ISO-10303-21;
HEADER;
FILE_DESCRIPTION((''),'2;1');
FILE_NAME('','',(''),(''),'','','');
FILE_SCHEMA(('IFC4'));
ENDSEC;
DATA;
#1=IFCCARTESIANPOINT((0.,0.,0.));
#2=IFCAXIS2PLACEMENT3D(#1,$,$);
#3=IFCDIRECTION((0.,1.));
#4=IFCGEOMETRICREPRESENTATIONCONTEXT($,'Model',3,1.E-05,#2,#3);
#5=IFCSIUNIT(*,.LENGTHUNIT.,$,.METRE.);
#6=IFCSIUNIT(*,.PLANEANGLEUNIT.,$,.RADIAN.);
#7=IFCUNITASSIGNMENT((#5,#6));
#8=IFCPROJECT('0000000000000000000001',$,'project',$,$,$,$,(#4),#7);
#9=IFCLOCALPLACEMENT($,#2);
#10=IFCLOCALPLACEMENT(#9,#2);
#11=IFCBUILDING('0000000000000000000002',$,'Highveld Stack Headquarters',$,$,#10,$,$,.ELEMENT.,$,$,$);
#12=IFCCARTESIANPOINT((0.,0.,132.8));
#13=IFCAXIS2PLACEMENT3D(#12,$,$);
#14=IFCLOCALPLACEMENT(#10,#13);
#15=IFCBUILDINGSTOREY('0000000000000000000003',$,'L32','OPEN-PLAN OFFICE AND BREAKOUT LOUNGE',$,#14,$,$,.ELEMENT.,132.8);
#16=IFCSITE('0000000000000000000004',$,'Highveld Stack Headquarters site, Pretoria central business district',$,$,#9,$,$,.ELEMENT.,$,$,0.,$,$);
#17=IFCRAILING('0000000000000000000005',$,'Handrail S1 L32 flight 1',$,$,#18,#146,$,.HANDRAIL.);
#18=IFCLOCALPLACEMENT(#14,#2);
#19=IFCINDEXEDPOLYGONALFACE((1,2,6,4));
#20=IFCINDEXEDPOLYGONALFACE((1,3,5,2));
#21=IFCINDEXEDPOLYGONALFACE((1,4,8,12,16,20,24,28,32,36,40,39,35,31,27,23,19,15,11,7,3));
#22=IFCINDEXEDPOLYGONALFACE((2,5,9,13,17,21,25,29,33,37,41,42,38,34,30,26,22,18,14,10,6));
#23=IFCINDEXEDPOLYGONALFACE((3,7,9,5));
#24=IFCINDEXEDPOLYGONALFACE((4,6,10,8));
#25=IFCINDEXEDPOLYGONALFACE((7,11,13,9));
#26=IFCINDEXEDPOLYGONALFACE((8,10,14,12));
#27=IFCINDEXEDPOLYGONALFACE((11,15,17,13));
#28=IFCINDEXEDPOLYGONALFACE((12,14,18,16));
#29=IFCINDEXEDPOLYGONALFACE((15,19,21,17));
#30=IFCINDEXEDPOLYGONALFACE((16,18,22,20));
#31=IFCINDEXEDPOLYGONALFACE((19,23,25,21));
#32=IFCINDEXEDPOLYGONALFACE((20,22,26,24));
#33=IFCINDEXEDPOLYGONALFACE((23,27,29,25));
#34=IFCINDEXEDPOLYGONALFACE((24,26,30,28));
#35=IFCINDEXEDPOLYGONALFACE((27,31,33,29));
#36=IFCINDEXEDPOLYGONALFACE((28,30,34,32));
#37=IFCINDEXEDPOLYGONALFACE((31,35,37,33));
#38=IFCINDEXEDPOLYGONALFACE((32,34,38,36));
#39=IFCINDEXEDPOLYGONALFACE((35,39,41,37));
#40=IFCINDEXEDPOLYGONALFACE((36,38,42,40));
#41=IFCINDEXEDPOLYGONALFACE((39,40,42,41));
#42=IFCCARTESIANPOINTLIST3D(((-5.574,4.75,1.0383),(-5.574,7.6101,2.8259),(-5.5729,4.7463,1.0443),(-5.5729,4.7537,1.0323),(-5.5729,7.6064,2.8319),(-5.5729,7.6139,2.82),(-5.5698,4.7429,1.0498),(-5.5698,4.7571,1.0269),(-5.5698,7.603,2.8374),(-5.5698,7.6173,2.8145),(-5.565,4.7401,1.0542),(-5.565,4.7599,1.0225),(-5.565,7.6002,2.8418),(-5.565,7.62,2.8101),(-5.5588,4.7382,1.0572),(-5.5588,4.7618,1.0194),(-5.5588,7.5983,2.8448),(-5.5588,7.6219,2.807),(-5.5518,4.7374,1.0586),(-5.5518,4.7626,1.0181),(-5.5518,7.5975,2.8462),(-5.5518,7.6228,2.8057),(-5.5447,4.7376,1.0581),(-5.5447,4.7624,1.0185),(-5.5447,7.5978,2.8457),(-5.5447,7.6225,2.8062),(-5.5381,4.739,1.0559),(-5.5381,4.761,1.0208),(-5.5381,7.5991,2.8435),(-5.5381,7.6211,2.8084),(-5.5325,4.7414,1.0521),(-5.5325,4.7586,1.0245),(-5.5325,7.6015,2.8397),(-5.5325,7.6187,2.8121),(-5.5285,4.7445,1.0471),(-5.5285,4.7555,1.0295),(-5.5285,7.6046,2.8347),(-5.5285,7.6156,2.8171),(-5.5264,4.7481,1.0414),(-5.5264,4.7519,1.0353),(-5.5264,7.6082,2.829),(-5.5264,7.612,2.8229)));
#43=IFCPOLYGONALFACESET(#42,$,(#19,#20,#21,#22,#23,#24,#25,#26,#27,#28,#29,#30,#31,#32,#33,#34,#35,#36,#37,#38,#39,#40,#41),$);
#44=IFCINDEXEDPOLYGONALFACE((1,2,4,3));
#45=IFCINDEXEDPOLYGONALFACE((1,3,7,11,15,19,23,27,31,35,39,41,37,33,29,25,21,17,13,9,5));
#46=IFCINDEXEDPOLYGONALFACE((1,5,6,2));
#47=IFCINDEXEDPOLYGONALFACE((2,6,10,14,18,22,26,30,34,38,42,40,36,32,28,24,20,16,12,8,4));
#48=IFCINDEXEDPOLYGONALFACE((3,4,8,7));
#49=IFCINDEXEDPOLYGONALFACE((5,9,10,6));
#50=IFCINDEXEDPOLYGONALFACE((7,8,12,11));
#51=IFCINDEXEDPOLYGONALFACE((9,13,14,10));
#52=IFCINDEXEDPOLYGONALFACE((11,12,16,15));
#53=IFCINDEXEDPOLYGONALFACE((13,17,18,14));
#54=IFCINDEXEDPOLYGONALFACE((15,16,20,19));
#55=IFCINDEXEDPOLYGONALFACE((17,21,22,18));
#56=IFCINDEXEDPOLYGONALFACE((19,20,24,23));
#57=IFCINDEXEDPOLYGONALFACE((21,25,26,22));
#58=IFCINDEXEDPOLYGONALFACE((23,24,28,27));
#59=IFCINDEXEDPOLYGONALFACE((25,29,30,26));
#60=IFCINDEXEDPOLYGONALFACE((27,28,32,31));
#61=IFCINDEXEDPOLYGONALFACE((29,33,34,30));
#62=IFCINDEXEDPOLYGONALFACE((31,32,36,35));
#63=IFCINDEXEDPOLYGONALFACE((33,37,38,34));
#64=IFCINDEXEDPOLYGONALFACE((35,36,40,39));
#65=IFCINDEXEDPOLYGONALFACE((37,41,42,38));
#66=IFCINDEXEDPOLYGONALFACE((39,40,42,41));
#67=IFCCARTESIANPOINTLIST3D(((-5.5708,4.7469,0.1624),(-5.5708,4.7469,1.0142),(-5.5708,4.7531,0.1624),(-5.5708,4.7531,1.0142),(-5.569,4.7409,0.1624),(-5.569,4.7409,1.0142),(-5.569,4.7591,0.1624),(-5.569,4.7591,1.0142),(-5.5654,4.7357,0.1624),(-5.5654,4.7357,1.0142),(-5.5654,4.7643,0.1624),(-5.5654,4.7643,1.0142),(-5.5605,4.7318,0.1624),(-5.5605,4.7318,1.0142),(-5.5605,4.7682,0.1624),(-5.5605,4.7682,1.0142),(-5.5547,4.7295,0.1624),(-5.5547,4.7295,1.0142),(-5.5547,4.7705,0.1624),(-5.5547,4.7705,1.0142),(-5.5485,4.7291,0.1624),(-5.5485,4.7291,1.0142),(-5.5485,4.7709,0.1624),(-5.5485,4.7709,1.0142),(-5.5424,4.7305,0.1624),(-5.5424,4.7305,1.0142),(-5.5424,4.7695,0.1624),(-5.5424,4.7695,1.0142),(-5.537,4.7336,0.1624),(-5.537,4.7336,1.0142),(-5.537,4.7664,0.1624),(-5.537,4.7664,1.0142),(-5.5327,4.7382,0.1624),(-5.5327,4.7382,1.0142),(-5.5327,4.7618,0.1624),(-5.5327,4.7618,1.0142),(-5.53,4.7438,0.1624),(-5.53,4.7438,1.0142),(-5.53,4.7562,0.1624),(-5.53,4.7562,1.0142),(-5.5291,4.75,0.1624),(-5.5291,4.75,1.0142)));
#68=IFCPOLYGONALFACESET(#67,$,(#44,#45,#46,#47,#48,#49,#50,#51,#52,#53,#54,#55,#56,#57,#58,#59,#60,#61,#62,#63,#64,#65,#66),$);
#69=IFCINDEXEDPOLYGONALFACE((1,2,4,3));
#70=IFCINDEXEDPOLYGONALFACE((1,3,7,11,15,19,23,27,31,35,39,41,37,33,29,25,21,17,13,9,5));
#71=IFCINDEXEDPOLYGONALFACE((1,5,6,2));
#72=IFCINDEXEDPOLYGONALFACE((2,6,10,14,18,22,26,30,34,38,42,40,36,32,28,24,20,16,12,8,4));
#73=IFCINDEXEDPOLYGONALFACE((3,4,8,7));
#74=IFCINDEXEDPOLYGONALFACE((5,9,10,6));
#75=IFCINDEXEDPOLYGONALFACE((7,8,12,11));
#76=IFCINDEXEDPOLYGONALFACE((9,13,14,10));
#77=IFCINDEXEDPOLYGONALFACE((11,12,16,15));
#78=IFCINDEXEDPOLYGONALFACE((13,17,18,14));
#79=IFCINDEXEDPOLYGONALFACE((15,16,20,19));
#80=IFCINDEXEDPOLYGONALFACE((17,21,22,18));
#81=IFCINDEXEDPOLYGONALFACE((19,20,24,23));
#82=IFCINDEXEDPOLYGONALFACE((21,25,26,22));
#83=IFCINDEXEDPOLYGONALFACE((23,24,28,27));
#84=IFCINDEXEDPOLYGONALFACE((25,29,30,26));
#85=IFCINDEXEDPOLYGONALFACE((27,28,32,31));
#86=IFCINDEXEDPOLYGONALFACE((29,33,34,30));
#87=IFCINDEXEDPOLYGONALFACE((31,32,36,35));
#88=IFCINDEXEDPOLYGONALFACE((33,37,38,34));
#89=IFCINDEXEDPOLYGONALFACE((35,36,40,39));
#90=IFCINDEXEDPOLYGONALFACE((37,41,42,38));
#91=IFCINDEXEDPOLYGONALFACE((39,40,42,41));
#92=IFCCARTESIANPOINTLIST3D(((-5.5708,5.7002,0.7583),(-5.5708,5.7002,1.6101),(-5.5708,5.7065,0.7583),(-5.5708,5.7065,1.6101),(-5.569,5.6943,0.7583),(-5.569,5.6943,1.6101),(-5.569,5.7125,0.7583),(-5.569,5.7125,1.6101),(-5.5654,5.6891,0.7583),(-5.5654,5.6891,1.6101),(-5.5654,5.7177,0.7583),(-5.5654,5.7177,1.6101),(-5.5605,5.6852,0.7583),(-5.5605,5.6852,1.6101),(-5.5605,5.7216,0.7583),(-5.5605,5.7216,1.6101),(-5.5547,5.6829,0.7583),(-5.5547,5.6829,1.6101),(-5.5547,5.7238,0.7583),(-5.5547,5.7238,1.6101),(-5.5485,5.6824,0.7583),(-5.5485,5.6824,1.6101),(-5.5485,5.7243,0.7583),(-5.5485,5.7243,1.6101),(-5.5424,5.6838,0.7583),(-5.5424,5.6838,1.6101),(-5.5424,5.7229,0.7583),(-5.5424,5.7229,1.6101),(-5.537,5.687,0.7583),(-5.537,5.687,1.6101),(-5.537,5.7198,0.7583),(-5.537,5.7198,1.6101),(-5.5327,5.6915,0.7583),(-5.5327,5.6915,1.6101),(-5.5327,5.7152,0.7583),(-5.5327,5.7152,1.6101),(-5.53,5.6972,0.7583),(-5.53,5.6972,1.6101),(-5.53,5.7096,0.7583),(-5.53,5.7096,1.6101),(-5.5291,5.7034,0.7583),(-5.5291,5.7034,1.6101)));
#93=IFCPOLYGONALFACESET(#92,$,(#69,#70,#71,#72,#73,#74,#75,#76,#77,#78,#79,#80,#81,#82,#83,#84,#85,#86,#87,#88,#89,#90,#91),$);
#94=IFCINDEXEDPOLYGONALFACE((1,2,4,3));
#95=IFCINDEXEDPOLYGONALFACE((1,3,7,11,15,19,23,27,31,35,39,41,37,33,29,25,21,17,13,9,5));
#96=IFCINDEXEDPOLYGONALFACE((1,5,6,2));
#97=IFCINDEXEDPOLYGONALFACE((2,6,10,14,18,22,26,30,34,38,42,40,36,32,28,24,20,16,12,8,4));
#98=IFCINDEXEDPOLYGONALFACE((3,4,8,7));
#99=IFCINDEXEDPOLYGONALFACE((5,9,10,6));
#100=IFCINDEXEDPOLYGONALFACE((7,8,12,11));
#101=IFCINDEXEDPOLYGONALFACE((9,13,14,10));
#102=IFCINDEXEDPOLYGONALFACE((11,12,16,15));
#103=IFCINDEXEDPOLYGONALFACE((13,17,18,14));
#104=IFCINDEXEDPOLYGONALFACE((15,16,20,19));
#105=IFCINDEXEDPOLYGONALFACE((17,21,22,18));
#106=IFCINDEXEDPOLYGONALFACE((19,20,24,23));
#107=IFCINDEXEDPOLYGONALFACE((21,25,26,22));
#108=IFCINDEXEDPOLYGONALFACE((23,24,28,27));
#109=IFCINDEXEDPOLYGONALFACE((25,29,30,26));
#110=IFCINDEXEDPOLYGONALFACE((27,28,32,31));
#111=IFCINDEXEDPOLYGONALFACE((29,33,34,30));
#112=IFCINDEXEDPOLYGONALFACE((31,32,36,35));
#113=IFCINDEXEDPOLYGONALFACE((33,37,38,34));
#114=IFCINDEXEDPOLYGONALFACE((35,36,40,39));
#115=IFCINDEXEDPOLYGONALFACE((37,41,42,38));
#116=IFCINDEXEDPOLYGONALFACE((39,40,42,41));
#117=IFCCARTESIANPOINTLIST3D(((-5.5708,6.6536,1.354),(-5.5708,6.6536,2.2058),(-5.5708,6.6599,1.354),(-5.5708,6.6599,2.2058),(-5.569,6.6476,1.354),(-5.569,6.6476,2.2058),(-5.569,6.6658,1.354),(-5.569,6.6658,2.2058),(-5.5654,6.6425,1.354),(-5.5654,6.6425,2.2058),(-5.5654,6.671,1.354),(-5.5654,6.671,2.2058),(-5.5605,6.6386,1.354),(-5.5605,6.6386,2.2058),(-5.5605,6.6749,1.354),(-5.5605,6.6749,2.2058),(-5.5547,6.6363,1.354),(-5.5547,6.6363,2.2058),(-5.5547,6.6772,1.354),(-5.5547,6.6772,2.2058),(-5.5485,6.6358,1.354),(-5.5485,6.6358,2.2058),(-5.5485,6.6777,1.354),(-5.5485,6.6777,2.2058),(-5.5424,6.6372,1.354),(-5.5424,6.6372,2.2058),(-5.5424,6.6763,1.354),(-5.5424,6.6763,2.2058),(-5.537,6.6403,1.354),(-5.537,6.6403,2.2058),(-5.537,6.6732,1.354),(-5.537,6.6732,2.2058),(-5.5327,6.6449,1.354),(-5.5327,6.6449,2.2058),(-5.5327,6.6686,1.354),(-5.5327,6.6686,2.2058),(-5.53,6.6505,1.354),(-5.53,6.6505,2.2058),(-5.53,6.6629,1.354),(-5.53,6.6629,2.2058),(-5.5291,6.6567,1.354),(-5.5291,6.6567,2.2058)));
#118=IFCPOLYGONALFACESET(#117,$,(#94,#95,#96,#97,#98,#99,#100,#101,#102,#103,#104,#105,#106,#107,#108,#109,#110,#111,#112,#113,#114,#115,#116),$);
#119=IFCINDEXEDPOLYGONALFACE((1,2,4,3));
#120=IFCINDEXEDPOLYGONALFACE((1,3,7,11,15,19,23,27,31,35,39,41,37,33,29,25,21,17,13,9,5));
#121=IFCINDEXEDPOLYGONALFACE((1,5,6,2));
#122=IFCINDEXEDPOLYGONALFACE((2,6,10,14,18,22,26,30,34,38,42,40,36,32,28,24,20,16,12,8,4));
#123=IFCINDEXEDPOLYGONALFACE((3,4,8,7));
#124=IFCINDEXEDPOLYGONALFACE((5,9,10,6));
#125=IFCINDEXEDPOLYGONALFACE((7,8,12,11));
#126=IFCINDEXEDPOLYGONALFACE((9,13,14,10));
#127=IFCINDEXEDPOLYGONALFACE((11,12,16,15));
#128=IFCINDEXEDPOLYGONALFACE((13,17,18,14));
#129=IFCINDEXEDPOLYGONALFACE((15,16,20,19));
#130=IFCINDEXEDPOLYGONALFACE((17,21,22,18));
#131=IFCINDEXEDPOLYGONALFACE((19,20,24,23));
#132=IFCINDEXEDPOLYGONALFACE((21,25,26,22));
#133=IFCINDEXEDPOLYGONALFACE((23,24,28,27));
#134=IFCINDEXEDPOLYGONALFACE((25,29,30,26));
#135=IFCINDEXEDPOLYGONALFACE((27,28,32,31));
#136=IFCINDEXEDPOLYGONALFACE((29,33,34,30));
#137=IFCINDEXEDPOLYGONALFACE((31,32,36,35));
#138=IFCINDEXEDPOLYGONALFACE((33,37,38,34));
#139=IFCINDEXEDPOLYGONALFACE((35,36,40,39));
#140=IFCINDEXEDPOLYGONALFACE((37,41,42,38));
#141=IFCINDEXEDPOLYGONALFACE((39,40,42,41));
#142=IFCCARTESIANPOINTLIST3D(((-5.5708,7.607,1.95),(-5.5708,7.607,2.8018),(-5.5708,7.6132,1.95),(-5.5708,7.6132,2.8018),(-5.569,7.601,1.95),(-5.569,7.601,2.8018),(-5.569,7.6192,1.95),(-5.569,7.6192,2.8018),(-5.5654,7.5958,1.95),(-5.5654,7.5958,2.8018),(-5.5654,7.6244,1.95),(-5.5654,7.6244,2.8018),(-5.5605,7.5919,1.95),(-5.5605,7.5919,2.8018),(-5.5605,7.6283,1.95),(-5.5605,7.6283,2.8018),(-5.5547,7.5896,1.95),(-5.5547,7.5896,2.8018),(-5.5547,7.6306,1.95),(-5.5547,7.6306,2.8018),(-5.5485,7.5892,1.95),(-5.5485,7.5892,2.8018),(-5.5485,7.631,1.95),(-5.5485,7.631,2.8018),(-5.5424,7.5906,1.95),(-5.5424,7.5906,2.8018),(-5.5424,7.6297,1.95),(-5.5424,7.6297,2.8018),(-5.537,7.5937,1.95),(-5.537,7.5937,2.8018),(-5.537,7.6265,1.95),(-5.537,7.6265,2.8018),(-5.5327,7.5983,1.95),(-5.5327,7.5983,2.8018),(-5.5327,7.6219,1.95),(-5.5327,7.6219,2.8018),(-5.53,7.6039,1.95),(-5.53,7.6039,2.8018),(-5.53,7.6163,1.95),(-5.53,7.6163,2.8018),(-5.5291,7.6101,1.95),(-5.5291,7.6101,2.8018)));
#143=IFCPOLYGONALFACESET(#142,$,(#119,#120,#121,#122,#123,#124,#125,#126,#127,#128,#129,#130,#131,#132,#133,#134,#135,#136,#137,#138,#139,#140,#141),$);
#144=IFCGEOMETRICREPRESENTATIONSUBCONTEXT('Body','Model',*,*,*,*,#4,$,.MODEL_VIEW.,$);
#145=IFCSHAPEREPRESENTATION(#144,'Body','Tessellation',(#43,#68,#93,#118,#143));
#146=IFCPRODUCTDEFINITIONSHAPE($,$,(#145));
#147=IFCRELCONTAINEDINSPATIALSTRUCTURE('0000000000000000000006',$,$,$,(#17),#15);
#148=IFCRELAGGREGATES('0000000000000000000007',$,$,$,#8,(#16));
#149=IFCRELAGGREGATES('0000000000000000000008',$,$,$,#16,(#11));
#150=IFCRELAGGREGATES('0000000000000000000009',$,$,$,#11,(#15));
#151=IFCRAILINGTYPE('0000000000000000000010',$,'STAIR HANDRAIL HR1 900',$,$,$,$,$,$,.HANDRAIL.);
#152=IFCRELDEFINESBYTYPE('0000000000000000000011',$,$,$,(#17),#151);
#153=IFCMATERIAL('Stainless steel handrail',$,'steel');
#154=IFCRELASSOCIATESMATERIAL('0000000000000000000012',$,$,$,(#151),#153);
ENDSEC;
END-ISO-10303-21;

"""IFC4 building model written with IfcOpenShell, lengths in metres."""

from ifc_helpers import new_model, si_unit, direction, frame, origin, origin_2d, place, context, subcontext, project, spatial, circle, extrude, material, type_object, element, save


model = new_model("IFC4")

# Units and contexts
model_context = context("Model", 3, precision=1e-05, world=origin(), true_north=direction((0.0, 1.0)))
body_context = subcontext(model_context, "Body", "Model", "MODEL_VIEW")
ifc_project = project(units=[si_unit("LENGTHUNIT", "METRE"), si_unit("PLANEANGLEUNIT", "RADIAN")], contexts=[model_context])

# Site, building, storey
site_placement = place(None, origin())
site = spatial("IfcSite", under=ifc_project, at=site_placement, Name="Highveld Stack Headquarters site, Pretoria central business district", CompositionType="ELEMENT", RefElevation=0.0)
building_placement = place(site_placement, origin())
building = spatial("IfcBuilding", under=site, at=building_placement, Name="Highveld Stack Headquarters", CompositionType="ELEMENT")
storey_placement = place(building_placement, frame((0.0, 0.0, 132.8)))
storey = spatial("IfcBuildingStorey", under=building, at=storey_placement, Name="L32", Description="OPEN-PLAN OFFICE AND BREAKOUT LOUNGE", CompositionType="ELEMENT", Elevation=132.8)

# Railing
ifc_material_1 = material(Name="Stainless steel handrail", Category="steel")
railing_type = type_object("IfcRailingType", Name="STAIR HANDRAIL HR1 900", PredefinedType="HANDRAIL", material=ifc_material_1)
for number, where, name in (
    (1, (-5.55, 4.75, 0.1624), "Handrail S1 L32 flight 1"),
):
    element("IfcRailing", number, at=place(storey_placement, frame(where)), inside=storey, type_object=railing_type, Name=name, PredefinedType="HANDRAIL", context=body_context, shape_type="SweptSolid", body=[
        extrude(circle(Radius=0.0239, at=origin_2d()), frame((0.0, 0.0, 0.876), z_axis=(0.0, 0.847994, 0.530005), x_axis=(-1.0, 0.0, 0.0)), (0.0, 0.0, 1.0), 3.3728),
        extrude(circle(Radius=0.021, at=origin_2d()), origin(), (0.0, 0.0, 1.0), 0.8518),
        extrude(circle(Radius=0.021, at=origin_2d()), frame((0.0, 0.9534, 0.5959)), (0.0, 0.0, 1.0), 0.8518),
        extrude(circle(Radius=0.021, at=origin_2d()), frame((0.0, 1.9067, 1.1917)), (0.0, 0.0, 1.0), 0.8518),
        extrude(circle(Radius=0.021, at=origin_2d()), frame((0.0, 2.8601, 1.7876)), (0.0, 0.0, 1.0), 0.8518),
    ])

save(model, "model.ifc")
